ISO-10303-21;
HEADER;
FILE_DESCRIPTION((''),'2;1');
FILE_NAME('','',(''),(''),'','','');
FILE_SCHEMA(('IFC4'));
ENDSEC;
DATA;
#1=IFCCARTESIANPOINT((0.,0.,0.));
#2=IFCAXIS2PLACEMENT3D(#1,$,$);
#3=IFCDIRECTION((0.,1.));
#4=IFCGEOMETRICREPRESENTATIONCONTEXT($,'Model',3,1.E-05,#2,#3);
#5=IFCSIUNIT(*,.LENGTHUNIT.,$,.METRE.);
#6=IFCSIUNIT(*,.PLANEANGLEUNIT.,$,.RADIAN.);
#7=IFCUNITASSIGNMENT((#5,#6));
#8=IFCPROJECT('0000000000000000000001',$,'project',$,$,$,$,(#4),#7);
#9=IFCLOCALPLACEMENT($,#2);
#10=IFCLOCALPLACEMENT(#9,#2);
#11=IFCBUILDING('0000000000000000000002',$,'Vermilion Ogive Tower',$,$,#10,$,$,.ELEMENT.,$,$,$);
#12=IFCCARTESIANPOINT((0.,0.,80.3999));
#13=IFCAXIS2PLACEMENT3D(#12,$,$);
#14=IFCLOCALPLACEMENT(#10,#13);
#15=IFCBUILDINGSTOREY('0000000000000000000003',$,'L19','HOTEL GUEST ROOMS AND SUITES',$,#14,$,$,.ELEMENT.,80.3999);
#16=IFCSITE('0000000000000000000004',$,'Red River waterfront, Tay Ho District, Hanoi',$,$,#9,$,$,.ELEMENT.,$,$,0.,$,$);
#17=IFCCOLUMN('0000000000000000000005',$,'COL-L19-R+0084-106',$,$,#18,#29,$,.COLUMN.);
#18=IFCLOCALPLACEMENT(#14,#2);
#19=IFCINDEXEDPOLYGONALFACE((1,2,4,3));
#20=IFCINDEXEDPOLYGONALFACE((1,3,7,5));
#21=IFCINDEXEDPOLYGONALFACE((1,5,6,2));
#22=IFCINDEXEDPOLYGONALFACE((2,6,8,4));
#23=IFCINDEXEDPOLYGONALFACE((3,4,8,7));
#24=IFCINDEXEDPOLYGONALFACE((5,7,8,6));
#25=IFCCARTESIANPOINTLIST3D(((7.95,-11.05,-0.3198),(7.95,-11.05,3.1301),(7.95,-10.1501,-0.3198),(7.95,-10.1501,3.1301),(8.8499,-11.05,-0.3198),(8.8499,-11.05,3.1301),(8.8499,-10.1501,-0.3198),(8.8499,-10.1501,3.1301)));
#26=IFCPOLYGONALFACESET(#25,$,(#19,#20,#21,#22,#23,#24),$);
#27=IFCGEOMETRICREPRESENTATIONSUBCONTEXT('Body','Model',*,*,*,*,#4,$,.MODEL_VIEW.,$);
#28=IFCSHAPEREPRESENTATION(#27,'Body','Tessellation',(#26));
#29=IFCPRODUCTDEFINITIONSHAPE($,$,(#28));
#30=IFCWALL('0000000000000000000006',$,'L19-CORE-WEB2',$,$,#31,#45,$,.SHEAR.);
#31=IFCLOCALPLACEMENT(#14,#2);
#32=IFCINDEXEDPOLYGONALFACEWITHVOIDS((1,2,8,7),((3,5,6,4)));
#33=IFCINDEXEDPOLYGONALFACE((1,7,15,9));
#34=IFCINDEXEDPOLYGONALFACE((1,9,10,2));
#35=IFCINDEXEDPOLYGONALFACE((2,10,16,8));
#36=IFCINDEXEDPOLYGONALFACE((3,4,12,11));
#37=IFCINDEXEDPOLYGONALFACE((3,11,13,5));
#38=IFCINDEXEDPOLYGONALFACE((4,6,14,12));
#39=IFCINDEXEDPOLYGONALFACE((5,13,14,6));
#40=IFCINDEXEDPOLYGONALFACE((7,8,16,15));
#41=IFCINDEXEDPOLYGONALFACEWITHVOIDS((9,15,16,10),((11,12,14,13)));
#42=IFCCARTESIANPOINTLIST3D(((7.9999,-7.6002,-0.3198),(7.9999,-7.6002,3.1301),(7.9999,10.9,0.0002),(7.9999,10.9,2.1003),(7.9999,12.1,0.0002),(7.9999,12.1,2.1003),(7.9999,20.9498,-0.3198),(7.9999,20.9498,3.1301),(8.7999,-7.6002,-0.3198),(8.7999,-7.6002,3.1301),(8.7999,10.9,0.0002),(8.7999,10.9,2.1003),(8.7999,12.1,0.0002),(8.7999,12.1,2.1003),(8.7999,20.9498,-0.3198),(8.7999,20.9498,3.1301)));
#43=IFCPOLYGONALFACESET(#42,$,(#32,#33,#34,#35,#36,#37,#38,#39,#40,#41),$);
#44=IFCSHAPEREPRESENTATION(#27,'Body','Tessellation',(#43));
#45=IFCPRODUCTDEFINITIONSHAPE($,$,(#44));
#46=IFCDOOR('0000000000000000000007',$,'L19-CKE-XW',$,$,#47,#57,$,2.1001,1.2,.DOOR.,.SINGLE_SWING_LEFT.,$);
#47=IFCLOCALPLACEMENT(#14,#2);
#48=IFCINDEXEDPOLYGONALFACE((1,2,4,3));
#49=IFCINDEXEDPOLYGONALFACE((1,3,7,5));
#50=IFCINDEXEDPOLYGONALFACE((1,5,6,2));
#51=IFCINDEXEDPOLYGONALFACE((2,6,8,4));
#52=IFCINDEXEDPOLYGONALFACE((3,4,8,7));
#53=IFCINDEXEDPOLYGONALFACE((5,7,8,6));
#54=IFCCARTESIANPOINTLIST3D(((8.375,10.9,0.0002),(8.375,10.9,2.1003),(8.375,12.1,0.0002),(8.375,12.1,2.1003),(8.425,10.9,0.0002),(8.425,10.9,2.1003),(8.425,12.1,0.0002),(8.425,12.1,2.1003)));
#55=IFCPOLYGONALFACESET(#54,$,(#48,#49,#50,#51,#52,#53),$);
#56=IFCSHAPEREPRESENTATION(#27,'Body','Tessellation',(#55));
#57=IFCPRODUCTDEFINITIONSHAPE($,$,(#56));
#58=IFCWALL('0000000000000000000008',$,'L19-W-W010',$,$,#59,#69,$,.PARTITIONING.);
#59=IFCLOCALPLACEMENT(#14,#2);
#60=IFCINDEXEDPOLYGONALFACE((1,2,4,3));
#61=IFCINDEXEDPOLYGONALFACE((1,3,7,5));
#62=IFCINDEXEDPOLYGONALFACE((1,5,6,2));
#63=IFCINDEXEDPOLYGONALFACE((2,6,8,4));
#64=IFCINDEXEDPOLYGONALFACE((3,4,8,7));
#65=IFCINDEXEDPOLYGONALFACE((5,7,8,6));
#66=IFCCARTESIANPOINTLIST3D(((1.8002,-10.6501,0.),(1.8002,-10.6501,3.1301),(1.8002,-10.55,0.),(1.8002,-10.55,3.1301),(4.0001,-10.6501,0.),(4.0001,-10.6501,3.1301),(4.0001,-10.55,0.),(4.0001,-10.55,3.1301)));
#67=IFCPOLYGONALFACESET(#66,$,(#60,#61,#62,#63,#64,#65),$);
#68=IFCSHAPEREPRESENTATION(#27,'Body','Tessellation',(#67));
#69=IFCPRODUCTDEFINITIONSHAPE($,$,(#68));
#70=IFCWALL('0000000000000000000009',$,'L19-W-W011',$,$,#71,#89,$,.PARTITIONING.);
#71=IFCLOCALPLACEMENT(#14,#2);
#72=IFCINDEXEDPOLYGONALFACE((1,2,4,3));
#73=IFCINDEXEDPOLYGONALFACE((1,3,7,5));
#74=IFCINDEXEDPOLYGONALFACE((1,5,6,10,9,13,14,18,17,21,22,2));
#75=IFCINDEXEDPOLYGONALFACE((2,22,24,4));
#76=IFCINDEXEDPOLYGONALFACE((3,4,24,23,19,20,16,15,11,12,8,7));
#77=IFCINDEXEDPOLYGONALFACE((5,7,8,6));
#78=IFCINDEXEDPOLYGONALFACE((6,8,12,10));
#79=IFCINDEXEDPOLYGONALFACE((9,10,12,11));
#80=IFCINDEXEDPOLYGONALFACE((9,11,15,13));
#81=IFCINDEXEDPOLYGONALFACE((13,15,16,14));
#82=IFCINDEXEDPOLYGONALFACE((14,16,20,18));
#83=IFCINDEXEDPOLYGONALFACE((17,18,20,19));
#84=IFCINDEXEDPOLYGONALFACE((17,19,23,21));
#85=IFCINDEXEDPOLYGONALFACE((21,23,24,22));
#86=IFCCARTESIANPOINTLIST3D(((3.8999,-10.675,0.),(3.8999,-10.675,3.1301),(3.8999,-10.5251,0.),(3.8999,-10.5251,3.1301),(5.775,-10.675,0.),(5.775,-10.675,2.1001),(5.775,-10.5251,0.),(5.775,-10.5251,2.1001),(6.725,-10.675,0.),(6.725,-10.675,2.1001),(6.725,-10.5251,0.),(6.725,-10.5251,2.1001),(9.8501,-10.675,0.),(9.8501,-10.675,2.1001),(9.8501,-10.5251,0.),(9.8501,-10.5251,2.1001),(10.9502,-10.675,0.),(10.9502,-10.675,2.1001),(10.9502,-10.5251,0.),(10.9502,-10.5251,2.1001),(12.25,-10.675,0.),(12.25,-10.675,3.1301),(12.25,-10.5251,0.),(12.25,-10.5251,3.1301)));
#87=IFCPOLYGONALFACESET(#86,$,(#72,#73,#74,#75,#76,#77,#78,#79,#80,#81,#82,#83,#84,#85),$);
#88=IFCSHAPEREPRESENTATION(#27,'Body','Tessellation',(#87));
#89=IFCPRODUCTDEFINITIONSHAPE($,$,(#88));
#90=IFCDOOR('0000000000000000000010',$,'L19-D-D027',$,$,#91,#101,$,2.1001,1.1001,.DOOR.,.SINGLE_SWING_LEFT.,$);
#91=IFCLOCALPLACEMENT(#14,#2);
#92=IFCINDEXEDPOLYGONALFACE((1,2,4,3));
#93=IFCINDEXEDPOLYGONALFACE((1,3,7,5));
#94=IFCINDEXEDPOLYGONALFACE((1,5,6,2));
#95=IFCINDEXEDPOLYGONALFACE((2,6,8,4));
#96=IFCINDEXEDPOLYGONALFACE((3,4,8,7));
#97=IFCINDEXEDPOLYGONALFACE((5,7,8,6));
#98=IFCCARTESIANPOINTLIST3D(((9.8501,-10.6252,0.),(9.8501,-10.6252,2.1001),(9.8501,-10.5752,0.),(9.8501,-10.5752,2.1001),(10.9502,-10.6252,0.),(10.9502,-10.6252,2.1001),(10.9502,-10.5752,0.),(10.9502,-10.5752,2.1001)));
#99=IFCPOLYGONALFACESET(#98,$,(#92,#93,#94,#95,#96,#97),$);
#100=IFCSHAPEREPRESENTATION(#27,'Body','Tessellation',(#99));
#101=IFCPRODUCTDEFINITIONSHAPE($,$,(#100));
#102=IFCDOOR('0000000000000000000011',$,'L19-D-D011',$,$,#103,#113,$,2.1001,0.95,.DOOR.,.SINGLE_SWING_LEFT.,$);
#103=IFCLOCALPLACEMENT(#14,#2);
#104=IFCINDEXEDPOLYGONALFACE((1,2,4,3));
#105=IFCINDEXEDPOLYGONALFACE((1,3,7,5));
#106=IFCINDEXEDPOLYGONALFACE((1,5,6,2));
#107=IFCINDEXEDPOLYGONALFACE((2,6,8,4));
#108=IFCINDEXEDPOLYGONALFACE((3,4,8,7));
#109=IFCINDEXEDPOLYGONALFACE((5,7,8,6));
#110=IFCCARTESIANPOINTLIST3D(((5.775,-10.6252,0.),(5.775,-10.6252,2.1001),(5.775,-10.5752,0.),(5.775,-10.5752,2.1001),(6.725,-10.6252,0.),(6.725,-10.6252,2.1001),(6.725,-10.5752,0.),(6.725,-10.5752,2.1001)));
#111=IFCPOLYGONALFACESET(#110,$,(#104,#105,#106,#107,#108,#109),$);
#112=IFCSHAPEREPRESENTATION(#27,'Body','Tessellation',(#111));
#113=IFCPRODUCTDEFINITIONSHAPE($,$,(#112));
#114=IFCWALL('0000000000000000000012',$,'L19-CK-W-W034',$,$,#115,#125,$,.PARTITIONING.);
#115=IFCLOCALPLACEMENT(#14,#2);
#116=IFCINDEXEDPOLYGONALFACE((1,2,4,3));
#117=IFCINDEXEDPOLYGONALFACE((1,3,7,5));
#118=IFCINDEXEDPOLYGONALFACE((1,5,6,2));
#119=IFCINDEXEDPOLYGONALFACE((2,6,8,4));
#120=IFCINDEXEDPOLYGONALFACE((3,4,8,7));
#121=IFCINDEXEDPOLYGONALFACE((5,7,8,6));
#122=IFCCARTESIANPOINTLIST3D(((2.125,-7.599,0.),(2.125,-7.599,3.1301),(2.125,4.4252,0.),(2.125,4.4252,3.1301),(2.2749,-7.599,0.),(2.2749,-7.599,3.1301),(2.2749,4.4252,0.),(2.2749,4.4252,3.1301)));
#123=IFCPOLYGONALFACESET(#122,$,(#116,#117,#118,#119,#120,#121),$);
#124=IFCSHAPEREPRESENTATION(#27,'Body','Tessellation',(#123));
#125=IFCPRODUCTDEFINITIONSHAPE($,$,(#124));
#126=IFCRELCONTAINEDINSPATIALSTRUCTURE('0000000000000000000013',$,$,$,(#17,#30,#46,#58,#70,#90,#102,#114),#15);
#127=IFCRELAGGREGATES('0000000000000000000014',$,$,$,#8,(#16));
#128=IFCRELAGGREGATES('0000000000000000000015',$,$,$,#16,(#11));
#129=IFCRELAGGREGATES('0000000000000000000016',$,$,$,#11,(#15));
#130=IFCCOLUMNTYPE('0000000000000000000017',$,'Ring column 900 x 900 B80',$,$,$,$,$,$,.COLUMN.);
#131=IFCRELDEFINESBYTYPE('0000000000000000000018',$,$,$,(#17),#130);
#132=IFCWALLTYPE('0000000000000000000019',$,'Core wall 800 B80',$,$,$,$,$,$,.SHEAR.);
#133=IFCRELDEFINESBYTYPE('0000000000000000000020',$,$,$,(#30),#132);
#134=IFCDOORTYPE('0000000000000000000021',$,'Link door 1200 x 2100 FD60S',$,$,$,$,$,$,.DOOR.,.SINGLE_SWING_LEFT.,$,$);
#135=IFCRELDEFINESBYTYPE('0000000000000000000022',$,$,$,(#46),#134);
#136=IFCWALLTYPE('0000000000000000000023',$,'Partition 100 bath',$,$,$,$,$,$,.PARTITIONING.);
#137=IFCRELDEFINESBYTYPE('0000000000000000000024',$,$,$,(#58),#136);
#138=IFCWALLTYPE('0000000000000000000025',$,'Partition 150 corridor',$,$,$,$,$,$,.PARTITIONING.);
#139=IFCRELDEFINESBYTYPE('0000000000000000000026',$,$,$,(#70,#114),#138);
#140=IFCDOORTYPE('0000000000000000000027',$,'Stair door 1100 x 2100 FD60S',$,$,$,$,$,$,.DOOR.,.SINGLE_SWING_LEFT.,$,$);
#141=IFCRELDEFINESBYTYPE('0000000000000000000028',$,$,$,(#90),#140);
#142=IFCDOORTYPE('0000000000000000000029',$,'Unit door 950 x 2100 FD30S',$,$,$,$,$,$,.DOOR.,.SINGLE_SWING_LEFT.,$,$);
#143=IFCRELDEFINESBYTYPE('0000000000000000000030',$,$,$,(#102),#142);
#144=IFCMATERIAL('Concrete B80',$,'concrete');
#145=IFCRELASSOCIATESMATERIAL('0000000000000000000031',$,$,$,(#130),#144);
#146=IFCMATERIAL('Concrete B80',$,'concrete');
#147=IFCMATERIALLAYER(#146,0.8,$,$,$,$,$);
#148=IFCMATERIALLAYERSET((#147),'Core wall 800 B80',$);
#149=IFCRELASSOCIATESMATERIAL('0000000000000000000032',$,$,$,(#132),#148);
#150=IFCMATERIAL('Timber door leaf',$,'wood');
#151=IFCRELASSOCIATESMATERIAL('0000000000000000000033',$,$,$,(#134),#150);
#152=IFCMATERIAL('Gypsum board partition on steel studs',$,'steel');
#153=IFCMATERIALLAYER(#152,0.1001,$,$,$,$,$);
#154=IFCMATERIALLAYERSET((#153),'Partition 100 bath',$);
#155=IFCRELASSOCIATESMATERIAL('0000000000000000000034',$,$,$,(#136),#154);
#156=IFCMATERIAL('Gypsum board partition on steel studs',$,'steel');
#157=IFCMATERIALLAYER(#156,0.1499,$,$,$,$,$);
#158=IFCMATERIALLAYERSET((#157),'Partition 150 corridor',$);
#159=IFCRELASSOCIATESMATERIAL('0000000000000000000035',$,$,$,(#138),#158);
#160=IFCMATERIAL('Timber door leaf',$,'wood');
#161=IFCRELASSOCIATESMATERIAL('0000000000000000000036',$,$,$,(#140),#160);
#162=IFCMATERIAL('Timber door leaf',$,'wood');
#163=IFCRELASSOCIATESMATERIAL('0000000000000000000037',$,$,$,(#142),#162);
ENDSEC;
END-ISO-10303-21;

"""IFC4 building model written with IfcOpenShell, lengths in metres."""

from ifc_helpers import new_model, si_unit, direction, frame, frame_2d, origin, origin_2d, place, context, subcontext, project, spatial, rectangle, extrude, material, layer, layer_set, material_profile, profile_set, type_object, element, fill, save


model = new_model("IFC4")

# Units and contexts
model_context = context("Model", 3, precision=1e-05, world=origin(), true_north=direction((0.0, 1.0)))
body_context = subcontext(model_context, "Body", "Model", "MODEL_VIEW")
ifc_project = project(units=[si_unit("LENGTHUNIT", "METRE"), si_unit("PLANEANGLEUNIT", "RADIAN")], contexts=[model_context])

# Site, building, storey
site_placement = place(None, origin())
site = spatial("IfcSite", under=ifc_project, at=site_placement, Name="Red River waterfront, Tay Ho District, Hanoi", CompositionType="ELEMENT", RefElevation=0.0)
building_placement = place(site_placement, origin())
building = spatial("IfcBuilding", under=site, at=building_placement, Name="Vermilion Ogive Tower", CompositionType="ELEMENT")
storey_placement = place(building_placement, frame((0.0, 0.0, 80.3999)))
storey = spatial("IfcBuildingStorey", under=building, at=storey_placement, Name="L19", Description="HOTEL GUEST ROOMS AND SUITES", CompositionType="ELEMENT", Elevation=80.3999)

# Column
ifc_material_1 = material(Name="Concrete B80", Category="concrete")
ifc_material_profile = material_profile(ifc_material_1, rectangle(XDim=0.8999, YDim=0.8999, at=origin_2d()), Name="900 x 900")
ifc_profile_set = profile_set([ifc_material_profile], Name="Concrete B80")
column_type = type_object("IfcColumnType", Name="Ring column 900 x 900 B80", PredefinedType="COLUMN", material=ifc_profile_set)
column_placement = place(storey_placement, frame((8.3999, -10.6001, -0.3198), z_axis=(0.0, 0.0, 1.0), x_axis=(1.0, 0.0, 0.0)))
element("IfcColumn", 1, at=column_placement, inside=storey, type_object=column_type, Name="COL-L19-R+0084-106", PredefinedType="COLUMN", context=body_context, shape_type="SweptSolid", body=[
    extrude(rectangle(XDim=0.8999, YDim=0.8999, at=origin_2d()), origin(), (0.0, 0.0, 1.0), 3.45),
])

# Wall, opening, door
ifc_material_2 = material(Name="Concrete B80", Category="concrete")
ifc_layer_1 = layer(ifc_material_2, 0.8)
ifc_layer_set_1 = layer_set([ifc_layer_1], Name="Core wall 800 B80")
wall_type_1 = type_object("IfcWallType", Name="Core wall 800 B80", PredefinedType="SHEAR", material=ifc_layer_set_1)
wall_1_placement = place(storey_placement, frame((8.3999, -7.6001, -0.3198), z_axis=(0.0, 0.0, 1.0), x_axis=(0.0, 1.0, 0.0)))
wall_1 = element("IfcWall", 2, at=wall_1_placement, inside=storey, type_object=wall_type_1, Name="L19-CORE-WEB2", PredefinedType="SHEAR", context=body_context, shape_type="SweptSolid", body=[
    extrude(rectangle(XDim=28.55, YDim=0.8, at=frame_2d((14.2749, 0.0))), origin(), (0.0, 0.0, 1.0), 3.45),
])
opening_1_placement = place(wall_1_placement, frame((18.5, 0.0, 0.3201)))
opening_1 = element("IfcOpeningElement", 3, at=opening_1_placement, cuts=wall_1, PredefinedType="OPENING", context=body_context, shape_type="SweptSolid", body=[
    extrude(rectangle(XDim=1.2, YDim=2.1001, at=frame_2d((0.6001, 1.05))), frame((0.0, 0.4099, 0.0), z_axis=(0.0, -1.0, 0.0), x_axis=(1.0, 0.0, 0.0)), (0.0, 0.0, 1.0), 0.8201),
])
ifc_material_3 = material(Name="Timber door leaf", Category="wood")
door_type_1 = type_object("IfcDoorType", Name="Link door 1200 x 2100 FD60S", OperationType="SINGLE_SWING_LEFT", PredefinedType="DOOR", material=ifc_material_3)
door_1_placement = place(opening_1_placement, origin())
door_1 = element("IfcDoor", 4, at=door_1_placement, inside=storey, type_object=door_type_1, Name="L19-CKE-XW", OperationType="SINGLE_SWING_LEFT", OverallHeight=2.1001, OverallWidth=1.2, PredefinedType="DOOR", context=body_context, shape_type="SweptSolid", body=[
    extrude(rectangle(XDim=1.2, YDim=2.1001, at=frame_2d((0.6001, 1.05))), frame((0.0, 0.0249, 0.0), z_axis=(0.0, -1.0, 0.0), x_axis=(1.0, 0.0, 0.0)), (0.0, 0.0, 1.0), 0.05),
])
fill(opening_1, door_1)

# Wall
ifc_material_4 = material(Name="Gypsum board partition on steel studs", Category="steel")
ifc_layer_2 = layer(ifc_material_4, 0.1001)
ifc_layer_set_2 = layer_set([ifc_layer_2], Name="Partition 100 bath")
wall_type_2 = type_object("IfcWallType", Name="Partition 100 bath", PredefinedType="PARTITIONING", material=ifc_layer_set_2)
wall_2_placement = place(storey_placement, frame((1.8, -10.6001, 0.0), z_axis=(0.0, 0.0, 1.0), x_axis=(1.0, 0.0, 0.0)))
element("IfcWall", 5, at=wall_2_placement, inside=storey, type_object=wall_type_2, Name="L19-W-W010", PredefinedType="PARTITIONING", context=body_context, shape_type="SweptSolid", body=[
    extrude(rectangle(XDim=2.2, YDim=0.1001, at=frame_2d((1.1001, 0.0))), origin(), (0.0, 0.0, 1.0), 3.1301),
])

# Wall, openings, doors
ifc_material_5 = material(Name="Gypsum board partition on steel studs", Category="steel")
ifc_layer_3 = layer(ifc_material_5, 0.1499)
ifc_layer_set_3 = layer_set([ifc_layer_3], Name="Partition 150 corridor")
wall_type_3 = type_object("IfcWallType", Name="Partition 150 corridor", PredefinedType="PARTITIONING", material=ifc_layer_set_3)
wall_3_placement = place(storey_placement, frame((3.8999, -10.6001, 0.0), z_axis=(0.0, 0.0, 1.0), x_axis=(1.0, 0.0, 0.0)))
wall_3 = element("IfcWall", 6, at=wall_3_placement, inside=storey, type_object=wall_type_3, Name="L19-W-W011", PredefinedType="PARTITIONING", context=body_context, shape_type="SweptSolid", body=[
    extrude(rectangle(XDim=8.3501, YDim=0.1499, at=frame_2d((4.175, 0.0))), origin(), (0.0, 0.0, 1.0), 3.1301),
])
opening_2_placement = place(wall_3_placement, frame((1.875, 0.0, 0.0)))
opening_2 = element("IfcOpeningElement", 7, at=opening_2_placement, cuts=wall_3, PredefinedType="OPENING", context=body_context, shape_type="SweptSolid", body=[
    extrude(rectangle(XDim=0.95, YDim=2.1001, at=frame_2d((0.4751, 1.05))), frame((0.0, 0.085, 0.0), z_axis=(0.0, -1.0, 0.0), x_axis=(1.0, 0.0, 0.0)), (0.0, 0.0, 1.0), 0.1699),
])
opening_3_placement = place(wall_3_placement, frame((5.9502, 0.0, 0.0)))
opening_3 = element("IfcOpeningElement", 8, at=opening_3_placement, cuts=wall_3, PredefinedType="OPENING", context=body_context, shape_type="SweptSolid", body=[
    extrude(rectangle(XDim=1.1001, YDim=2.1001, at=frame_2d((0.55, 1.05))), frame((0.0, 0.085, 0.0), z_axis=(0.0, -1.0, 0.0), x_axis=(1.0, 0.0, 0.0)), (0.0, 0.0, 1.0), 0.1699),
])
ifc_material_6 = material(Name="Timber door leaf", Category="wood")
door_type_2 = type_object("IfcDoorType", Name="Stair door 1100 x 2100 FD60S", OperationType="SINGLE_SWING_LEFT", PredefinedType="DOOR", material=ifc_material_6)
door_2_placement = place(opening_3_placement, origin())
door_2 = element("IfcDoor", 9, at=door_2_placement, inside=storey, type_object=door_type_2, Name="L19-D-D027", OperationType="SINGLE_SWING_LEFT", OverallHeight=2.1001, OverallWidth=1.1001, PredefinedType="DOOR", context=body_context, shape_type="SweptSolid", body=[
    extrude(rectangle(XDim=1.1001, YDim=2.1001, at=frame_2d((0.55, 1.05))), frame((0.0, 0.0249, 0.0), z_axis=(0.0, -1.0, 0.0), x_axis=(1.0, 0.0, 0.0)), (0.0, 0.0, 1.0), 0.05),
])
fill(opening_3, door_2)
ifc_material_7 = material(Name="Timber door leaf", Category="wood")
door_type_3 = type_object("IfcDoorType", Name="Unit door 950 x 2100 FD30S", OperationType="SINGLE_SWING_LEFT", PredefinedType="DOOR", material=ifc_material_7)
door_3_placement = place(opening_2_placement, origin())
door_3 = element("IfcDoor", 10, at=door_3_placement, inside=storey, type_object=door_type_3, Name="L19-D-D011", OperationType="SINGLE_SWING_LEFT", OverallHeight=2.1001, OverallWidth=0.95, PredefinedType="DOOR", context=body_context, shape_type="SweptSolid", body=[
    extrude(rectangle(XDim=0.95, YDim=2.1001, at=frame_2d((0.4751, 1.05))), frame((0.0, 0.0249, 0.0), z_axis=(0.0, -1.0, 0.0), x_axis=(1.0, 0.0, 0.0)), (0.0, 0.0, 1.0), 0.05),
])
fill(opening_2, door_3)

# Wall
wall_4_placement = place(storey_placement, frame((2.2, -7.5991, 0.0), z_axis=(0.0, 0.0, 1.0), x_axis=(0.0, 1.0, 0.0)))
element("IfcWall", 11, at=wall_4_placement, inside=storey, type_object=wall_type_3, Name="L19-CK-W-W034", PredefinedType="PARTITIONING", context=body_context, shape_type="SweptSolid", body=[
    extrude(rectangle(XDim=12.0242, YDim=0.1499, at=frame_2d((6.0122, 0.0))), origin(), (0.0, 0.0, 1.0), 3.1301),
])

save(model, "model.ifc")
